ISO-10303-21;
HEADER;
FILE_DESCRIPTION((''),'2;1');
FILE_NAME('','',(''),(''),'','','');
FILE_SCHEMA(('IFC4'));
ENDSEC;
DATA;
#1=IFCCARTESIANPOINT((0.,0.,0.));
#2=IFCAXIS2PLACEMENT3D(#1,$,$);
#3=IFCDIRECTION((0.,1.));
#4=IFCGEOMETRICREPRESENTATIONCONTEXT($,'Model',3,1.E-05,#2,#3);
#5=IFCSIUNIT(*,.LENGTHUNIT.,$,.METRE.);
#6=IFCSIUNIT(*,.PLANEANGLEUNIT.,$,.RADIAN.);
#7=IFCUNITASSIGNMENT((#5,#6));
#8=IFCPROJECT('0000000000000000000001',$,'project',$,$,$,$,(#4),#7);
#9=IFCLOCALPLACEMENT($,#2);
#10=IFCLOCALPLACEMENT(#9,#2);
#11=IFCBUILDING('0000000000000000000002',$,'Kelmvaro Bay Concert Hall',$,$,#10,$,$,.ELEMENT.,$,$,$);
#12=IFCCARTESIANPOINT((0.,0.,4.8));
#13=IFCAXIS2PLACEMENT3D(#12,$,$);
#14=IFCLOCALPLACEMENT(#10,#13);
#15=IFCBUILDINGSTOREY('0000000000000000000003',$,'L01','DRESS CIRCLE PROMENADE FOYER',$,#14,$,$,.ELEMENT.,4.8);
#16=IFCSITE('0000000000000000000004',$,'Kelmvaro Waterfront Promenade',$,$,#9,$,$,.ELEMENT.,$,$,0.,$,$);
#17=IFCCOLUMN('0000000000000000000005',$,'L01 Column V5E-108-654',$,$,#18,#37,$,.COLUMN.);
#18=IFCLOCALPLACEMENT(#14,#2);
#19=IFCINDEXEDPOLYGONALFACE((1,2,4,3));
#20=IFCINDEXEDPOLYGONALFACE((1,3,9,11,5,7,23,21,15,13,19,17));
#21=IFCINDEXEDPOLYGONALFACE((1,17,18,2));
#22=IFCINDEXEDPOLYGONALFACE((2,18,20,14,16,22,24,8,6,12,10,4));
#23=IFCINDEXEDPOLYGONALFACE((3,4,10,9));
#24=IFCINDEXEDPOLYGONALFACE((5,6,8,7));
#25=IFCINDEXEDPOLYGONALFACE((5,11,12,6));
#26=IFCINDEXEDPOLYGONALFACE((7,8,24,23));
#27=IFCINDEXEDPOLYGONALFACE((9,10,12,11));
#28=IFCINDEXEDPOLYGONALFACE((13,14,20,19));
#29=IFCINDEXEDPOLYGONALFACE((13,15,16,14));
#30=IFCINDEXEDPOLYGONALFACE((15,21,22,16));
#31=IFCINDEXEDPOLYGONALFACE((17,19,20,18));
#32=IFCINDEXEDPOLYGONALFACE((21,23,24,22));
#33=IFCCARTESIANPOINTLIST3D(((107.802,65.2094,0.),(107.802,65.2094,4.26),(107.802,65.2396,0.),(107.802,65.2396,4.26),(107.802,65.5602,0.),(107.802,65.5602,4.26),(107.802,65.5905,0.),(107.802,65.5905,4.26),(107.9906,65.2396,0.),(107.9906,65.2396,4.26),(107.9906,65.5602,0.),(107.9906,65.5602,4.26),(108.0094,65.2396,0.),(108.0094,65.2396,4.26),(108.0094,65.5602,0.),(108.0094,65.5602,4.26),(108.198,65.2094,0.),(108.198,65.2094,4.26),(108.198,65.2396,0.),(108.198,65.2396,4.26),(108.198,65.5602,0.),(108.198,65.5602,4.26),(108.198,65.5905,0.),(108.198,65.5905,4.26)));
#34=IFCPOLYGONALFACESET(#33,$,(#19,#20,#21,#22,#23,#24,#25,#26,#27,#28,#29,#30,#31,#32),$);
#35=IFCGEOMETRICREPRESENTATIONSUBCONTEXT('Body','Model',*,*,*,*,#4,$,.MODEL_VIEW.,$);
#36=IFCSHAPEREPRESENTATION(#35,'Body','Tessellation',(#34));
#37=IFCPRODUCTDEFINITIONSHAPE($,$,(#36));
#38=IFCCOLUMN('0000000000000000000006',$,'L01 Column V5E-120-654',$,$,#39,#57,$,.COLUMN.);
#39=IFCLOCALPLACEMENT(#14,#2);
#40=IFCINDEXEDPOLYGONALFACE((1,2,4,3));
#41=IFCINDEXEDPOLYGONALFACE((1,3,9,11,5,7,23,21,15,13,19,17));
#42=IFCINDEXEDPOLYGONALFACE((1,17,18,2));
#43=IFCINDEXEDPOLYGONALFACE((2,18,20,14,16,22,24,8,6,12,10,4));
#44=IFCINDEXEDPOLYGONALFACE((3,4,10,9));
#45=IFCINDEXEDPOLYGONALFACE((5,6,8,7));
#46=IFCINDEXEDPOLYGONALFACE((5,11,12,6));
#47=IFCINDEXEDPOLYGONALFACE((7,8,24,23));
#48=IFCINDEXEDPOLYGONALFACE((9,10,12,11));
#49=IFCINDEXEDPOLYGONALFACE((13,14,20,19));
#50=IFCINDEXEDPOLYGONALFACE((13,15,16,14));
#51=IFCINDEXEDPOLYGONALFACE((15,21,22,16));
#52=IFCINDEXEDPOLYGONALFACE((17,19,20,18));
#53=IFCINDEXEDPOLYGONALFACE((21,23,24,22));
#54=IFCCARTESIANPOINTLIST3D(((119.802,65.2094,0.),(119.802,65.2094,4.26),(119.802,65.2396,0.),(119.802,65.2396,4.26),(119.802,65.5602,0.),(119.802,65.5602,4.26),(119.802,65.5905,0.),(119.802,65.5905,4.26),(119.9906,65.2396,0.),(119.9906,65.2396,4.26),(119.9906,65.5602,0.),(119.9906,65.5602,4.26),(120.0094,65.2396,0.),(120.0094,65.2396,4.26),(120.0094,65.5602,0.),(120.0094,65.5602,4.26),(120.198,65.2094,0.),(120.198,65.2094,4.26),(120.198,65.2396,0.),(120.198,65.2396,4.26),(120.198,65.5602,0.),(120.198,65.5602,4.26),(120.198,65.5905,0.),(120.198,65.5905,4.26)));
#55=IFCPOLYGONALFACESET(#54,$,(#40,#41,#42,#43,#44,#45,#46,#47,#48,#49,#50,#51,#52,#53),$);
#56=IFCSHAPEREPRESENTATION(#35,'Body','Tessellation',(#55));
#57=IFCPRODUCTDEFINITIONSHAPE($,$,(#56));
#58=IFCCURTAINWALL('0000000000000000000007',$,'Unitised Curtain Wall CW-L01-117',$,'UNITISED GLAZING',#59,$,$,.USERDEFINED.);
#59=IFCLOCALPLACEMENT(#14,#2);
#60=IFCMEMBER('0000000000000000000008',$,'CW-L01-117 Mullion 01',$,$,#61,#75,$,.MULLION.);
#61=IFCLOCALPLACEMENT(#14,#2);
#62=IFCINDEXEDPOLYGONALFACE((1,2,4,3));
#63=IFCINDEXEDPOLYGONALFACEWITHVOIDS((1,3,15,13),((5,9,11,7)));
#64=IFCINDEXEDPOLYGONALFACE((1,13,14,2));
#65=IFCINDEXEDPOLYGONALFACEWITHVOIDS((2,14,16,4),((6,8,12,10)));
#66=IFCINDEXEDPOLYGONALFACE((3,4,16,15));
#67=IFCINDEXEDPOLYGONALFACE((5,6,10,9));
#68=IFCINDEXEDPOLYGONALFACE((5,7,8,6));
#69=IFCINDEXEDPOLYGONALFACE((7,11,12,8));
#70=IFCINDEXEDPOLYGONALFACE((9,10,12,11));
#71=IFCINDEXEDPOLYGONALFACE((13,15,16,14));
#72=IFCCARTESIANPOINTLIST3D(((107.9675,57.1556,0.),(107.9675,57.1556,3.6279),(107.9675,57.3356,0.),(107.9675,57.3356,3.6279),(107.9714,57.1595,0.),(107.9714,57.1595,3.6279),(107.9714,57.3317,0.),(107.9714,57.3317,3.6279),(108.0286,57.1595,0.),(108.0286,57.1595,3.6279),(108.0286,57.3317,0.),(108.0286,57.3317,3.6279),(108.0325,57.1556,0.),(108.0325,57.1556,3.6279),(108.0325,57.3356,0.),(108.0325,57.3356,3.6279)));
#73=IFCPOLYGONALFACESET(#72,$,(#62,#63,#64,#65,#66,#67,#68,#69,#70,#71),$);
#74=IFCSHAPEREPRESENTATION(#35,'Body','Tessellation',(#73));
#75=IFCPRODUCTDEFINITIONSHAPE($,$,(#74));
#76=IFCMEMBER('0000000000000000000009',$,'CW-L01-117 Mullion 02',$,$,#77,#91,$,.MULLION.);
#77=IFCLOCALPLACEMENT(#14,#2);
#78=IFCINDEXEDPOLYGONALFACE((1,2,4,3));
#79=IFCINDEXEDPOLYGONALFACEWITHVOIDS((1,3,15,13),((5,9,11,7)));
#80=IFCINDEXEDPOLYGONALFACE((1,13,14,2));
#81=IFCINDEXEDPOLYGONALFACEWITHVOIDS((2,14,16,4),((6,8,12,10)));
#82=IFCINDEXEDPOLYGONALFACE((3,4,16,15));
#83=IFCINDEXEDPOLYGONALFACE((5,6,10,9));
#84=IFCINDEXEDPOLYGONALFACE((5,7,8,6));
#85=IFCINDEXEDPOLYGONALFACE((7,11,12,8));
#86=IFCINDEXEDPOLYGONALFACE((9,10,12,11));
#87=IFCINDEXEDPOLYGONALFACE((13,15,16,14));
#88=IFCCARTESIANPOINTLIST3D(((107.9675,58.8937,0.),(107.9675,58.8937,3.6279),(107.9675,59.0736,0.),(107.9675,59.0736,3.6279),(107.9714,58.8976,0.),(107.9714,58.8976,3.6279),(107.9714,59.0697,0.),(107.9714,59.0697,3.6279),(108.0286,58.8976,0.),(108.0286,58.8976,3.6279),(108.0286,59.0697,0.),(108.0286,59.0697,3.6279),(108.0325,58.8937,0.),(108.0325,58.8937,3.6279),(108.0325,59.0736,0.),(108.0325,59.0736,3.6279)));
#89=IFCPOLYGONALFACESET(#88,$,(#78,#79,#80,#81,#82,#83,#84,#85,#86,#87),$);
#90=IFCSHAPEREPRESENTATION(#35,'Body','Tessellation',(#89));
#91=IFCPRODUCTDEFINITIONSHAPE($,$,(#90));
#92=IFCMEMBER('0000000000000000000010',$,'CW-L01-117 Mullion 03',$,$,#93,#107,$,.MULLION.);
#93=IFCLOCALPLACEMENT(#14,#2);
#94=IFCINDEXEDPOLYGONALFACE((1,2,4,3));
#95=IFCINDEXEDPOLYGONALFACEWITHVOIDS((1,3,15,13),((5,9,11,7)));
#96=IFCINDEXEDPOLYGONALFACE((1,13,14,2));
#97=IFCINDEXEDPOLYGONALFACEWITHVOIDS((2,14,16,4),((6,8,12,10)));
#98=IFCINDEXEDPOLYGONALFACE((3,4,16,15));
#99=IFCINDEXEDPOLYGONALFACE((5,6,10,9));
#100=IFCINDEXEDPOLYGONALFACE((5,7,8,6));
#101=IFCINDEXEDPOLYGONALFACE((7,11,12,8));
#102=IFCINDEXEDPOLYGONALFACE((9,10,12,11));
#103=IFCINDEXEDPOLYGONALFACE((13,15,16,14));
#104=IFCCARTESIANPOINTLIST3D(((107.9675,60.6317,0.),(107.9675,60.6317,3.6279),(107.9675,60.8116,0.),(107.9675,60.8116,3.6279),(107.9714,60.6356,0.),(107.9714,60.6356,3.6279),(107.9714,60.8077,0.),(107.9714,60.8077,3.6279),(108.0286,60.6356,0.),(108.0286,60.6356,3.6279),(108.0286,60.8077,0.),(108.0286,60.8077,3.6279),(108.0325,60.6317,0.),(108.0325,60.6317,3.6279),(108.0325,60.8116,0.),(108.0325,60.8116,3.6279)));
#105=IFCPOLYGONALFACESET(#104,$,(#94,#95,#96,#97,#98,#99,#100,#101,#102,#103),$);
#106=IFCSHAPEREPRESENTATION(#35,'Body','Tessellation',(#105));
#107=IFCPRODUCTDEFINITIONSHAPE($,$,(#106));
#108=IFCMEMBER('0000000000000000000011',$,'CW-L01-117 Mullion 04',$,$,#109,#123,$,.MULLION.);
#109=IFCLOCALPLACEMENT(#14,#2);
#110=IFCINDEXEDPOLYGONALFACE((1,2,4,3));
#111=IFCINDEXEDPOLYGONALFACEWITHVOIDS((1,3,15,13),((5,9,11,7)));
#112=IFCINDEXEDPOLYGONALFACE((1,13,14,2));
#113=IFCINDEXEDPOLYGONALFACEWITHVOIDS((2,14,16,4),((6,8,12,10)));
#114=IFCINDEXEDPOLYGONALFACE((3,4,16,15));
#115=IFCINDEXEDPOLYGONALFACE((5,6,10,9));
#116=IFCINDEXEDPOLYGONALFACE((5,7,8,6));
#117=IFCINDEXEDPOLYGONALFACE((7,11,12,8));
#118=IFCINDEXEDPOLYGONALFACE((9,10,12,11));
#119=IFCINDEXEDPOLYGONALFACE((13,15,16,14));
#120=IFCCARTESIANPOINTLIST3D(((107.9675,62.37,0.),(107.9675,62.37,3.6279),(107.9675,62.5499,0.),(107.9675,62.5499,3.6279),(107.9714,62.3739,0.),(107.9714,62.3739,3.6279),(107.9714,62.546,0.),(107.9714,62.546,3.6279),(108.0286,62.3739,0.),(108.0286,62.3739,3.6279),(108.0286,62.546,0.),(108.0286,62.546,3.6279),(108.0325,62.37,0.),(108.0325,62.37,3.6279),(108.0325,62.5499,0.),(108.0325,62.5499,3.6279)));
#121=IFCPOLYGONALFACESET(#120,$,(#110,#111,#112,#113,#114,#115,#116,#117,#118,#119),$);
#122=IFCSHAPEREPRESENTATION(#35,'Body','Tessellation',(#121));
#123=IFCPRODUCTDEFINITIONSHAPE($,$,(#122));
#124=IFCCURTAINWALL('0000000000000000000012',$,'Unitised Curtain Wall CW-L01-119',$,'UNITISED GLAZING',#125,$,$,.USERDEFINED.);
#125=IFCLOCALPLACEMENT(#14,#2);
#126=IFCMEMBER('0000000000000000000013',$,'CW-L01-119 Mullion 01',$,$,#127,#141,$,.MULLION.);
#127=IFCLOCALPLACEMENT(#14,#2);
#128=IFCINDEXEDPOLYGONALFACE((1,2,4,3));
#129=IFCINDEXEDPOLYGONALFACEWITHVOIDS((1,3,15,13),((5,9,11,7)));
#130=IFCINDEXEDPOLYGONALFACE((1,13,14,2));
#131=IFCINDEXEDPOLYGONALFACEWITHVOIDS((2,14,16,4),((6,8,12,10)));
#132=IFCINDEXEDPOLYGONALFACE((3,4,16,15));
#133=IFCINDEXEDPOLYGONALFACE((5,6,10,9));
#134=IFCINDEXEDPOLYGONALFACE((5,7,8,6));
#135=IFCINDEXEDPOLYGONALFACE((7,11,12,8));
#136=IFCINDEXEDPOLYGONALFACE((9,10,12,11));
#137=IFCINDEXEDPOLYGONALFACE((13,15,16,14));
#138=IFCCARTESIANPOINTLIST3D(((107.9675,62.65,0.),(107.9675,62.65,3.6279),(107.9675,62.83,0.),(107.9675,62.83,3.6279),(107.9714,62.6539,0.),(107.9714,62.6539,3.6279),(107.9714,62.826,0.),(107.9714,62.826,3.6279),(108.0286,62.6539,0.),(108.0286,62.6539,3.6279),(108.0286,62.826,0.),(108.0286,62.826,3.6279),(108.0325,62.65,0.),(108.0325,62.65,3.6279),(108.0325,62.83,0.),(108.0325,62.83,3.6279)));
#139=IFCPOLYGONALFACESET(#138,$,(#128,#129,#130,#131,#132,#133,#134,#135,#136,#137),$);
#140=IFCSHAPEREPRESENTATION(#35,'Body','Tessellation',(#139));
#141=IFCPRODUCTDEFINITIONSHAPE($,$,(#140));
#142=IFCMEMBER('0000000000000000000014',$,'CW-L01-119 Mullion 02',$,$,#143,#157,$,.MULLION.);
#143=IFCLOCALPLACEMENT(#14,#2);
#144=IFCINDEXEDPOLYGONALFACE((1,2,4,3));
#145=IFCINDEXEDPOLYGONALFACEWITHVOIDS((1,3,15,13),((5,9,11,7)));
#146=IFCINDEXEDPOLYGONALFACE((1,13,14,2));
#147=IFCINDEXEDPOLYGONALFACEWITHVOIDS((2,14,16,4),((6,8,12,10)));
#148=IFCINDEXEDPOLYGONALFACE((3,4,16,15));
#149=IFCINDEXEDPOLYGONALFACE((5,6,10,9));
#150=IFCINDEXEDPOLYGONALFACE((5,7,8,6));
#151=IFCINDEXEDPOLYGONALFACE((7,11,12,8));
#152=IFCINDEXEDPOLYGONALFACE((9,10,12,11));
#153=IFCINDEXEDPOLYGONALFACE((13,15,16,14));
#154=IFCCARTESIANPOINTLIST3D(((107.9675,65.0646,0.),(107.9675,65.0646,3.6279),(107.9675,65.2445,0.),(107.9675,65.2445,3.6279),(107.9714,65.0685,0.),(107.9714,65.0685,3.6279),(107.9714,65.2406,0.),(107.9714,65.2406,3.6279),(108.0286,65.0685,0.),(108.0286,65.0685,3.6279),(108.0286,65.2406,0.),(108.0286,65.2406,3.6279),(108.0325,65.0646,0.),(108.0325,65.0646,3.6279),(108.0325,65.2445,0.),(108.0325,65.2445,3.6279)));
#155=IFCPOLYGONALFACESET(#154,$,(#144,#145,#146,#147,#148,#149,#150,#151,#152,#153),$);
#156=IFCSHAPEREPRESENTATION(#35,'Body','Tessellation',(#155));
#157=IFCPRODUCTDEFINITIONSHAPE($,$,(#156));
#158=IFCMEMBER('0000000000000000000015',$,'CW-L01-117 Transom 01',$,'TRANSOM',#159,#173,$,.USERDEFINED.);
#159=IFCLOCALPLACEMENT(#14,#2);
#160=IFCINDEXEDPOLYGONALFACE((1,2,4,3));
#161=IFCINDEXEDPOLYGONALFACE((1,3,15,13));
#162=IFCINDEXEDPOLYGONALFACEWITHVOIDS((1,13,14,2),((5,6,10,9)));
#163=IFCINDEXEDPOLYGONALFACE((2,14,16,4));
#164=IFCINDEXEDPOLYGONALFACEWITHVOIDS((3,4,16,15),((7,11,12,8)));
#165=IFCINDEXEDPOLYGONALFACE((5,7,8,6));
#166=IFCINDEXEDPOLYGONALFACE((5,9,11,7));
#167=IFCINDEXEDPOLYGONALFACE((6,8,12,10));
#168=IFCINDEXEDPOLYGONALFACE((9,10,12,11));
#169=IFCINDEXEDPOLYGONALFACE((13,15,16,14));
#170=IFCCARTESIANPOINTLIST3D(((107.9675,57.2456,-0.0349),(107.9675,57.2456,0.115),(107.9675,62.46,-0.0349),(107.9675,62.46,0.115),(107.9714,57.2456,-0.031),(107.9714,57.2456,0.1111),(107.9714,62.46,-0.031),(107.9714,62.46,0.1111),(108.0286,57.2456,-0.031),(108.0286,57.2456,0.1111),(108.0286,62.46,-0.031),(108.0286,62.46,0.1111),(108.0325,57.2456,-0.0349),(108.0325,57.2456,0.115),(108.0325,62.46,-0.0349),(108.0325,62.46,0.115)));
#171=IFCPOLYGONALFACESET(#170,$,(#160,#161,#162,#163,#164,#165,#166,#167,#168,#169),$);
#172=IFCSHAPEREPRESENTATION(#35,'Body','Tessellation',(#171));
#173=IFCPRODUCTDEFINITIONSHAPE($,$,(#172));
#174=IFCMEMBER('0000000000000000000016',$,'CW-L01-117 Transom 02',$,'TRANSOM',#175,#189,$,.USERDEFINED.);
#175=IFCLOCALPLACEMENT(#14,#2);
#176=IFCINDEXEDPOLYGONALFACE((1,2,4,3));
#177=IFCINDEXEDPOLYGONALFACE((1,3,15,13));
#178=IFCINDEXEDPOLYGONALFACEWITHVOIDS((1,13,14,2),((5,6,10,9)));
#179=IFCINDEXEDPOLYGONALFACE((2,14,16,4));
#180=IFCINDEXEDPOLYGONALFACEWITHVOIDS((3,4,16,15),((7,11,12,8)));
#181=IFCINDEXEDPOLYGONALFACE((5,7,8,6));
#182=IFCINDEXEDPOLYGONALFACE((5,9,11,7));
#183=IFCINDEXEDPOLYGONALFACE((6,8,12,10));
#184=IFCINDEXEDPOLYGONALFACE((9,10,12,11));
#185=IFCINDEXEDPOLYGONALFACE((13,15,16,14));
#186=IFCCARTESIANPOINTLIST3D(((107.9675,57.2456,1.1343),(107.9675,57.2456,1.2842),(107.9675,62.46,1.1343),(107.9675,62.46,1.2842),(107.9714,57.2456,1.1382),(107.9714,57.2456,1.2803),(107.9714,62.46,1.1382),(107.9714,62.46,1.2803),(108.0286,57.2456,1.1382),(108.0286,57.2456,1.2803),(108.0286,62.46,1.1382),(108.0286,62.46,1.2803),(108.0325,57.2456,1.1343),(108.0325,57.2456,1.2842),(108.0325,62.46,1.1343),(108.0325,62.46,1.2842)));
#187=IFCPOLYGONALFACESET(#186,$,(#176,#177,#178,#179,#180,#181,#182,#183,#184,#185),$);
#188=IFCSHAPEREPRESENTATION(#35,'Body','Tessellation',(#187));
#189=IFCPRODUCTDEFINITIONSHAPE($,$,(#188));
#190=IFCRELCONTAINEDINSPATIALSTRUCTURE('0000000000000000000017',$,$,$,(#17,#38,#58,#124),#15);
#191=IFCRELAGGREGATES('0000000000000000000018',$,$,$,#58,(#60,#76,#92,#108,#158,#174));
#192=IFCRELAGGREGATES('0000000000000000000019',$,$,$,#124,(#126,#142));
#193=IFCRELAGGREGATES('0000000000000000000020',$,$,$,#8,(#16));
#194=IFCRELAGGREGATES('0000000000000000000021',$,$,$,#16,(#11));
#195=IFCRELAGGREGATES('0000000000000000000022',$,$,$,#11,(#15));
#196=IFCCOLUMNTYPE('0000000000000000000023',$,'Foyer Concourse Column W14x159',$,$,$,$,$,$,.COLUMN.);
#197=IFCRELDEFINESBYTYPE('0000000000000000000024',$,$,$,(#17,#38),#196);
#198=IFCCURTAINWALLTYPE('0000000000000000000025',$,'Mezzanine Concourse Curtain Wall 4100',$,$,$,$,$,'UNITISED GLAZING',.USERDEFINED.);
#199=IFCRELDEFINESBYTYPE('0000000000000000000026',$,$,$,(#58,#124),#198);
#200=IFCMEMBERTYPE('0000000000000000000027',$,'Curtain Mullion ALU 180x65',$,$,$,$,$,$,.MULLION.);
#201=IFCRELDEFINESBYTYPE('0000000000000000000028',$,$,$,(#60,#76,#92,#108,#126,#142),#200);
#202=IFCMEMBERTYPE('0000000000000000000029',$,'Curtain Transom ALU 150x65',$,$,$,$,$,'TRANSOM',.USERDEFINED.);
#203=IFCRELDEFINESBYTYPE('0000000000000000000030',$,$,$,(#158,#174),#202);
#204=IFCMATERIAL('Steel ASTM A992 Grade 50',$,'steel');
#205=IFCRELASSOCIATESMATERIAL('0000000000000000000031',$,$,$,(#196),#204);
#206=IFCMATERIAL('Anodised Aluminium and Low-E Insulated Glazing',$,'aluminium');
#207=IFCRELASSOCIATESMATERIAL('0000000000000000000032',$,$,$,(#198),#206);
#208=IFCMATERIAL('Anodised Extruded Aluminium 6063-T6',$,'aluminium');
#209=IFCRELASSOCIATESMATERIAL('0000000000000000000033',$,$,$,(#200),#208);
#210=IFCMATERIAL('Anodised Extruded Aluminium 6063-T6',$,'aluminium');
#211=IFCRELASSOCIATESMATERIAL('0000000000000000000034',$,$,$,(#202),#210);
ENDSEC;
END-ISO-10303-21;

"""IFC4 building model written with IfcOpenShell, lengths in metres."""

from ifc_helpers import new_model, si_unit, direction, frame, origin, origin_2d, place, context, subcontext, project, spatial, hollow_rectangle, i_section, extrude, material, material_profile, profile_set, type_object, element, aggregate, save


model = new_model("IFC4")

# Units and contexts
model_context = context("Model", 3, precision=1e-05, world=origin(), true_north=direction((0.0, 1.0)))
body_context = subcontext(model_context, "Body", "Model", "MODEL_VIEW")
ifc_project = project(units=[si_unit("LENGTHUNIT", "METRE"), si_unit("PLANEANGLEUNIT", "RADIAN")], contexts=[model_context])

# Site, building, storey
site_placement = place(None, origin())
site = spatial("IfcSite", under=ifc_project, at=site_placement, Name="Kelmvaro Waterfront Promenade", CompositionType="ELEMENT", RefElevation=0.0)
building_placement = place(site_placement, origin())
building = spatial("IfcBuilding", under=site, at=building_placement, Name="Kelmvaro Bay Concert Hall", CompositionType="ELEMENT")
storey_placement = place(building_placement, frame((0.0, 0.0, 4.8)))
storey = spatial("IfcBuildingStorey", under=building, at=storey_placement, Name="L01", Description="DRESS CIRCLE PROMENADE FOYER", CompositionType="ELEMENT", Elevation=4.8)

# Columns
ifc_material_1 = material(Name="Steel ASTM A992 Grade 50", Category="steel")
ifc_material_profile_1 = material_profile(ifc_material_1, i_section(OverallWidth=0.396, OverallDepth=0.3811, WebThickness=0.0188, FlangeThickness=0.0303, at=origin_2d()), Name="W14X159")
ifc_profile_set_1 = profile_set([ifc_material_profile_1], Name="Steel ASTM A992 Grade 50")
column_type = type_object("IfcColumnType", Name="Foyer Concourse Column W14x159", PredefinedType="COLUMN", material=ifc_profile_set_1)
for number, where, z_axis, x_axis, name in (
    (1, (108.0, 65.3999, 0.0), (0.0, 0.0, 1.0), (1.0, 0.0, 0.0), "L01 Column V5E-108-654"),
    (2, (120.0, 65.3999, 0.0), (0.0, 0.0, 1.0), (1.0, 0.0, 0.0), "L01 Column V5E-120-654"),
):
    element("IfcColumn", number, at=place(storey_placement, frame(where, z_axis=z_axis, x_axis=x_axis)), inside=storey, type_object=column_type, Name=name, PredefinedType="COLUMN", context=body_context, shape_type="SweptSolid", body=[
        extrude(i_section(OverallWidth=0.396, OverallDepth=0.3811, WebThickness=0.0188, FlangeThickness=0.0303, at=origin_2d()), origin(), (0.0, 0.0, 1.0), 4.26),
    ])

# Curtain walls, members
ifc_material_2 = material(Name="Anodised Aluminium and Low-E Insulated Glazing", Category="aluminium")
curtain_wall_type = type_object("IfcCurtainWallType", Name="Mezzanine Concourse Curtain Wall 4100", ElementType="UNITISED GLAZING", PredefinedType="USERDEFINED", material=ifc_material_2)
curtain_wall_1_placement = place(storey_placement, origin())
curtain_wall_1 = element("IfcCurtainWall", 3, at=curtain_wall_1_placement, inside=storey, type_object=curtain_wall_type, Name="Unitised Curtain Wall CW-L01-117", ObjectType="UNITISED GLAZING", PredefinedType="USERDEFINED")
ifc_material_3 = material(Name="Anodised Extruded Aluminium 6063-T6", Category="aluminium")
ifc_material_profile_2 = material_profile(ifc_material_3, hollow_rectangle(XDim=0.0649, YDim=0.1799, WallThickness=0.0039, at=origin_2d()), Name="ALU-MUL-180X65")
ifc_profile_set_2 = profile_set([ifc_material_profile_2], Name="Anodised Extruded Aluminium 6063-T6")
member_type_1 = type_object("IfcMemberType", Name="Curtain Mullion ALU 180x65", PredefinedType="MULLION", material=ifc_profile_set_2)
member_1_placement = place(storey_placement, frame((108.0, 57.2456, 0.0), z_axis=(0.0, 0.0, 1.0), x_axis=(1.0, 0.0, 0.0)))
member_1 = element("IfcMember", 4, at=member_1_placement, type_object=member_type_1, Name="CW-L01-117 Mullion 01", PredefinedType="MULLION", context=body_context, shape_type="SweptSolid", body=[
    extrude(hollow_rectangle(XDim=0.0649, YDim=0.1799, WallThickness=0.0039, at=origin_2d()), origin(), (0.0, 0.0, 1.0), 3.6279),
])
member_2_placement = place(storey_placement, frame((108.0, 58.9836, 0.0), z_axis=(0.0, 0.0, 1.0), x_axis=(1.0, 0.0, 0.0)))
member_2 = element("IfcMember", 5, at=member_2_placement, type_object=member_type_1, Name="CW-L01-117 Mullion 02", PredefinedType="MULLION", context=body_context, shape_type="SweptSolid", body=[
    extrude(hollow_rectangle(XDim=0.0649, YDim=0.1799, WallThickness=0.0039, at=origin_2d()), origin(), (0.0, 0.0, 1.0), 3.6279),
])
member_3_placement = place(storey_placement, frame((108.0, 60.7217, 0.0), z_axis=(0.0, 0.0, 1.0), x_axis=(1.0, 0.0, 0.0)))
member_3 = element("IfcMember", 6, at=member_3_placement, type_object=member_type_1, Name="CW-L01-117 Mullion 03", PredefinedType="MULLION", context=body_context, shape_type="SweptSolid", body=[
    extrude(hollow_rectangle(XDim=0.0649, YDim=0.1799, WallThickness=0.0039, at=origin_2d()), origin(), (0.0, 0.0, 1.0), 3.6279),
])
member_4_placement = place(storey_placement, frame((108.0, 62.46, 0.0), z_axis=(0.0, 0.0, 1.0), x_axis=(1.0, 0.0, 0.0)))
member_4 = element("IfcMember", 7, at=member_4_placement, type_object=member_type_1, Name="CW-L01-117 Mullion 04", PredefinedType="MULLION", context=body_context, shape_type="SweptSolid", body=[
    extrude(hollow_rectangle(XDim=0.0649, YDim=0.1799, WallThickness=0.0039, at=origin_2d()), origin(), (0.0, 0.0, 1.0), 3.6279),
])
curtain_wall_2_placement = place(storey_placement, origin())
curtain_wall_2 = element("IfcCurtainWall", 8, at=curtain_wall_2_placement, inside=storey, type_object=curtain_wall_type, Name="Unitised Curtain Wall CW-L01-119", ObjectType="UNITISED GLAZING", PredefinedType="USERDEFINED")
member_5_placement = place(storey_placement, frame((108.0, 62.74, 0.0), z_axis=(0.0, 0.0, 1.0), x_axis=(1.0, 0.0, 0.0)))
member_5 = element("IfcMember", 9, at=member_5_placement, type_object=member_type_1, Name="CW-L01-119 Mullion 01", PredefinedType="MULLION", context=body_context, shape_type="SweptSolid", body=[
    extrude(hollow_rectangle(XDim=0.0649, YDim=0.1799, WallThickness=0.0039, at=origin_2d()), origin(), (0.0, 0.0, 1.0), 3.6279),
])
member_6_placement = place(storey_placement, frame((108.0, 65.1545, 0.0), z_axis=(0.0, 0.0, 1.0), x_axis=(1.0, 0.0, 0.0)))
member_6 = element("IfcMember", 10, at=member_6_placement, type_object=member_type_1, Name="CW-L01-119 Mullion 02", PredefinedType="MULLION", context=body_context, shape_type="SweptSolid", body=[
    extrude(hollow_rectangle(XDim=0.0649, YDim=0.1799, WallThickness=0.0039, at=origin_2d()), origin(), (0.0, 0.0, 1.0), 3.6279),
])

# Members
ifc_material_4 = material(Name="Anodised Extruded Aluminium 6063-T6", Category="aluminium")
ifc_material_profile_3 = material_profile(ifc_material_4, hollow_rectangle(XDim=0.0649, YDim=0.1499, WallThickness=0.0039, at=origin_2d()), Name="ALU-TRN-150X65")
ifc_profile_set_3 = profile_set([ifc_material_profile_3], Name="Anodised Extruded Aluminium 6063-T6")
member_type_2 = type_object("IfcMemberType", Name="Curtain Transom ALU 150x65", ElementType="TRANSOM", PredefinedType="USERDEFINED", material=ifc_profile_set_3)
member_7_placement = place(storey_placement, frame((108.0, 57.2456, 0.04), z_axis=(0.0, 1.0, 0.0), x_axis=(-1.0, 0.0, 0.0)))
member_7 = element("IfcMember", 11, at=member_7_placement, type_object=member_type_2, Name="CW-L01-117 Transom 01", ObjectType="TRANSOM", PredefinedType="USERDEFINED", context=body_context, shape_type="SweptSolid", body=[
    extrude(hollow_rectangle(XDim=0.0649, YDim=0.1499, WallThickness=0.0039, at=origin_2d()), origin(), (0.0, 0.0, 1.0), 5.2144),
])
member_8_placement = place(storey_placement, frame((108.0, 57.2456, 1.2092), z_axis=(0.0, 1.0, 0.0), x_axis=(-1.0, 0.0, 0.0)))
member_8 = element("IfcMember", 12, at=member_8_placement, type_object=member_type_2, Name="CW-L01-117 Transom 02", ObjectType="TRANSOM", PredefinedType="USERDEFINED", context=body_context, shape_type="SweptSolid", body=[
    extrude(hollow_rectangle(XDim=0.0649, YDim=0.1499, WallThickness=0.0039, at=origin_2d()), origin(), (0.0, 0.0, 1.0), 5.2144),
])

aggregate(curtain_wall_1, [member_1, member_2, member_3, member_4, member_7, member_8])
aggregate(curtain_wall_2, [member_5, member_6])

save(model, "model.ifc")
